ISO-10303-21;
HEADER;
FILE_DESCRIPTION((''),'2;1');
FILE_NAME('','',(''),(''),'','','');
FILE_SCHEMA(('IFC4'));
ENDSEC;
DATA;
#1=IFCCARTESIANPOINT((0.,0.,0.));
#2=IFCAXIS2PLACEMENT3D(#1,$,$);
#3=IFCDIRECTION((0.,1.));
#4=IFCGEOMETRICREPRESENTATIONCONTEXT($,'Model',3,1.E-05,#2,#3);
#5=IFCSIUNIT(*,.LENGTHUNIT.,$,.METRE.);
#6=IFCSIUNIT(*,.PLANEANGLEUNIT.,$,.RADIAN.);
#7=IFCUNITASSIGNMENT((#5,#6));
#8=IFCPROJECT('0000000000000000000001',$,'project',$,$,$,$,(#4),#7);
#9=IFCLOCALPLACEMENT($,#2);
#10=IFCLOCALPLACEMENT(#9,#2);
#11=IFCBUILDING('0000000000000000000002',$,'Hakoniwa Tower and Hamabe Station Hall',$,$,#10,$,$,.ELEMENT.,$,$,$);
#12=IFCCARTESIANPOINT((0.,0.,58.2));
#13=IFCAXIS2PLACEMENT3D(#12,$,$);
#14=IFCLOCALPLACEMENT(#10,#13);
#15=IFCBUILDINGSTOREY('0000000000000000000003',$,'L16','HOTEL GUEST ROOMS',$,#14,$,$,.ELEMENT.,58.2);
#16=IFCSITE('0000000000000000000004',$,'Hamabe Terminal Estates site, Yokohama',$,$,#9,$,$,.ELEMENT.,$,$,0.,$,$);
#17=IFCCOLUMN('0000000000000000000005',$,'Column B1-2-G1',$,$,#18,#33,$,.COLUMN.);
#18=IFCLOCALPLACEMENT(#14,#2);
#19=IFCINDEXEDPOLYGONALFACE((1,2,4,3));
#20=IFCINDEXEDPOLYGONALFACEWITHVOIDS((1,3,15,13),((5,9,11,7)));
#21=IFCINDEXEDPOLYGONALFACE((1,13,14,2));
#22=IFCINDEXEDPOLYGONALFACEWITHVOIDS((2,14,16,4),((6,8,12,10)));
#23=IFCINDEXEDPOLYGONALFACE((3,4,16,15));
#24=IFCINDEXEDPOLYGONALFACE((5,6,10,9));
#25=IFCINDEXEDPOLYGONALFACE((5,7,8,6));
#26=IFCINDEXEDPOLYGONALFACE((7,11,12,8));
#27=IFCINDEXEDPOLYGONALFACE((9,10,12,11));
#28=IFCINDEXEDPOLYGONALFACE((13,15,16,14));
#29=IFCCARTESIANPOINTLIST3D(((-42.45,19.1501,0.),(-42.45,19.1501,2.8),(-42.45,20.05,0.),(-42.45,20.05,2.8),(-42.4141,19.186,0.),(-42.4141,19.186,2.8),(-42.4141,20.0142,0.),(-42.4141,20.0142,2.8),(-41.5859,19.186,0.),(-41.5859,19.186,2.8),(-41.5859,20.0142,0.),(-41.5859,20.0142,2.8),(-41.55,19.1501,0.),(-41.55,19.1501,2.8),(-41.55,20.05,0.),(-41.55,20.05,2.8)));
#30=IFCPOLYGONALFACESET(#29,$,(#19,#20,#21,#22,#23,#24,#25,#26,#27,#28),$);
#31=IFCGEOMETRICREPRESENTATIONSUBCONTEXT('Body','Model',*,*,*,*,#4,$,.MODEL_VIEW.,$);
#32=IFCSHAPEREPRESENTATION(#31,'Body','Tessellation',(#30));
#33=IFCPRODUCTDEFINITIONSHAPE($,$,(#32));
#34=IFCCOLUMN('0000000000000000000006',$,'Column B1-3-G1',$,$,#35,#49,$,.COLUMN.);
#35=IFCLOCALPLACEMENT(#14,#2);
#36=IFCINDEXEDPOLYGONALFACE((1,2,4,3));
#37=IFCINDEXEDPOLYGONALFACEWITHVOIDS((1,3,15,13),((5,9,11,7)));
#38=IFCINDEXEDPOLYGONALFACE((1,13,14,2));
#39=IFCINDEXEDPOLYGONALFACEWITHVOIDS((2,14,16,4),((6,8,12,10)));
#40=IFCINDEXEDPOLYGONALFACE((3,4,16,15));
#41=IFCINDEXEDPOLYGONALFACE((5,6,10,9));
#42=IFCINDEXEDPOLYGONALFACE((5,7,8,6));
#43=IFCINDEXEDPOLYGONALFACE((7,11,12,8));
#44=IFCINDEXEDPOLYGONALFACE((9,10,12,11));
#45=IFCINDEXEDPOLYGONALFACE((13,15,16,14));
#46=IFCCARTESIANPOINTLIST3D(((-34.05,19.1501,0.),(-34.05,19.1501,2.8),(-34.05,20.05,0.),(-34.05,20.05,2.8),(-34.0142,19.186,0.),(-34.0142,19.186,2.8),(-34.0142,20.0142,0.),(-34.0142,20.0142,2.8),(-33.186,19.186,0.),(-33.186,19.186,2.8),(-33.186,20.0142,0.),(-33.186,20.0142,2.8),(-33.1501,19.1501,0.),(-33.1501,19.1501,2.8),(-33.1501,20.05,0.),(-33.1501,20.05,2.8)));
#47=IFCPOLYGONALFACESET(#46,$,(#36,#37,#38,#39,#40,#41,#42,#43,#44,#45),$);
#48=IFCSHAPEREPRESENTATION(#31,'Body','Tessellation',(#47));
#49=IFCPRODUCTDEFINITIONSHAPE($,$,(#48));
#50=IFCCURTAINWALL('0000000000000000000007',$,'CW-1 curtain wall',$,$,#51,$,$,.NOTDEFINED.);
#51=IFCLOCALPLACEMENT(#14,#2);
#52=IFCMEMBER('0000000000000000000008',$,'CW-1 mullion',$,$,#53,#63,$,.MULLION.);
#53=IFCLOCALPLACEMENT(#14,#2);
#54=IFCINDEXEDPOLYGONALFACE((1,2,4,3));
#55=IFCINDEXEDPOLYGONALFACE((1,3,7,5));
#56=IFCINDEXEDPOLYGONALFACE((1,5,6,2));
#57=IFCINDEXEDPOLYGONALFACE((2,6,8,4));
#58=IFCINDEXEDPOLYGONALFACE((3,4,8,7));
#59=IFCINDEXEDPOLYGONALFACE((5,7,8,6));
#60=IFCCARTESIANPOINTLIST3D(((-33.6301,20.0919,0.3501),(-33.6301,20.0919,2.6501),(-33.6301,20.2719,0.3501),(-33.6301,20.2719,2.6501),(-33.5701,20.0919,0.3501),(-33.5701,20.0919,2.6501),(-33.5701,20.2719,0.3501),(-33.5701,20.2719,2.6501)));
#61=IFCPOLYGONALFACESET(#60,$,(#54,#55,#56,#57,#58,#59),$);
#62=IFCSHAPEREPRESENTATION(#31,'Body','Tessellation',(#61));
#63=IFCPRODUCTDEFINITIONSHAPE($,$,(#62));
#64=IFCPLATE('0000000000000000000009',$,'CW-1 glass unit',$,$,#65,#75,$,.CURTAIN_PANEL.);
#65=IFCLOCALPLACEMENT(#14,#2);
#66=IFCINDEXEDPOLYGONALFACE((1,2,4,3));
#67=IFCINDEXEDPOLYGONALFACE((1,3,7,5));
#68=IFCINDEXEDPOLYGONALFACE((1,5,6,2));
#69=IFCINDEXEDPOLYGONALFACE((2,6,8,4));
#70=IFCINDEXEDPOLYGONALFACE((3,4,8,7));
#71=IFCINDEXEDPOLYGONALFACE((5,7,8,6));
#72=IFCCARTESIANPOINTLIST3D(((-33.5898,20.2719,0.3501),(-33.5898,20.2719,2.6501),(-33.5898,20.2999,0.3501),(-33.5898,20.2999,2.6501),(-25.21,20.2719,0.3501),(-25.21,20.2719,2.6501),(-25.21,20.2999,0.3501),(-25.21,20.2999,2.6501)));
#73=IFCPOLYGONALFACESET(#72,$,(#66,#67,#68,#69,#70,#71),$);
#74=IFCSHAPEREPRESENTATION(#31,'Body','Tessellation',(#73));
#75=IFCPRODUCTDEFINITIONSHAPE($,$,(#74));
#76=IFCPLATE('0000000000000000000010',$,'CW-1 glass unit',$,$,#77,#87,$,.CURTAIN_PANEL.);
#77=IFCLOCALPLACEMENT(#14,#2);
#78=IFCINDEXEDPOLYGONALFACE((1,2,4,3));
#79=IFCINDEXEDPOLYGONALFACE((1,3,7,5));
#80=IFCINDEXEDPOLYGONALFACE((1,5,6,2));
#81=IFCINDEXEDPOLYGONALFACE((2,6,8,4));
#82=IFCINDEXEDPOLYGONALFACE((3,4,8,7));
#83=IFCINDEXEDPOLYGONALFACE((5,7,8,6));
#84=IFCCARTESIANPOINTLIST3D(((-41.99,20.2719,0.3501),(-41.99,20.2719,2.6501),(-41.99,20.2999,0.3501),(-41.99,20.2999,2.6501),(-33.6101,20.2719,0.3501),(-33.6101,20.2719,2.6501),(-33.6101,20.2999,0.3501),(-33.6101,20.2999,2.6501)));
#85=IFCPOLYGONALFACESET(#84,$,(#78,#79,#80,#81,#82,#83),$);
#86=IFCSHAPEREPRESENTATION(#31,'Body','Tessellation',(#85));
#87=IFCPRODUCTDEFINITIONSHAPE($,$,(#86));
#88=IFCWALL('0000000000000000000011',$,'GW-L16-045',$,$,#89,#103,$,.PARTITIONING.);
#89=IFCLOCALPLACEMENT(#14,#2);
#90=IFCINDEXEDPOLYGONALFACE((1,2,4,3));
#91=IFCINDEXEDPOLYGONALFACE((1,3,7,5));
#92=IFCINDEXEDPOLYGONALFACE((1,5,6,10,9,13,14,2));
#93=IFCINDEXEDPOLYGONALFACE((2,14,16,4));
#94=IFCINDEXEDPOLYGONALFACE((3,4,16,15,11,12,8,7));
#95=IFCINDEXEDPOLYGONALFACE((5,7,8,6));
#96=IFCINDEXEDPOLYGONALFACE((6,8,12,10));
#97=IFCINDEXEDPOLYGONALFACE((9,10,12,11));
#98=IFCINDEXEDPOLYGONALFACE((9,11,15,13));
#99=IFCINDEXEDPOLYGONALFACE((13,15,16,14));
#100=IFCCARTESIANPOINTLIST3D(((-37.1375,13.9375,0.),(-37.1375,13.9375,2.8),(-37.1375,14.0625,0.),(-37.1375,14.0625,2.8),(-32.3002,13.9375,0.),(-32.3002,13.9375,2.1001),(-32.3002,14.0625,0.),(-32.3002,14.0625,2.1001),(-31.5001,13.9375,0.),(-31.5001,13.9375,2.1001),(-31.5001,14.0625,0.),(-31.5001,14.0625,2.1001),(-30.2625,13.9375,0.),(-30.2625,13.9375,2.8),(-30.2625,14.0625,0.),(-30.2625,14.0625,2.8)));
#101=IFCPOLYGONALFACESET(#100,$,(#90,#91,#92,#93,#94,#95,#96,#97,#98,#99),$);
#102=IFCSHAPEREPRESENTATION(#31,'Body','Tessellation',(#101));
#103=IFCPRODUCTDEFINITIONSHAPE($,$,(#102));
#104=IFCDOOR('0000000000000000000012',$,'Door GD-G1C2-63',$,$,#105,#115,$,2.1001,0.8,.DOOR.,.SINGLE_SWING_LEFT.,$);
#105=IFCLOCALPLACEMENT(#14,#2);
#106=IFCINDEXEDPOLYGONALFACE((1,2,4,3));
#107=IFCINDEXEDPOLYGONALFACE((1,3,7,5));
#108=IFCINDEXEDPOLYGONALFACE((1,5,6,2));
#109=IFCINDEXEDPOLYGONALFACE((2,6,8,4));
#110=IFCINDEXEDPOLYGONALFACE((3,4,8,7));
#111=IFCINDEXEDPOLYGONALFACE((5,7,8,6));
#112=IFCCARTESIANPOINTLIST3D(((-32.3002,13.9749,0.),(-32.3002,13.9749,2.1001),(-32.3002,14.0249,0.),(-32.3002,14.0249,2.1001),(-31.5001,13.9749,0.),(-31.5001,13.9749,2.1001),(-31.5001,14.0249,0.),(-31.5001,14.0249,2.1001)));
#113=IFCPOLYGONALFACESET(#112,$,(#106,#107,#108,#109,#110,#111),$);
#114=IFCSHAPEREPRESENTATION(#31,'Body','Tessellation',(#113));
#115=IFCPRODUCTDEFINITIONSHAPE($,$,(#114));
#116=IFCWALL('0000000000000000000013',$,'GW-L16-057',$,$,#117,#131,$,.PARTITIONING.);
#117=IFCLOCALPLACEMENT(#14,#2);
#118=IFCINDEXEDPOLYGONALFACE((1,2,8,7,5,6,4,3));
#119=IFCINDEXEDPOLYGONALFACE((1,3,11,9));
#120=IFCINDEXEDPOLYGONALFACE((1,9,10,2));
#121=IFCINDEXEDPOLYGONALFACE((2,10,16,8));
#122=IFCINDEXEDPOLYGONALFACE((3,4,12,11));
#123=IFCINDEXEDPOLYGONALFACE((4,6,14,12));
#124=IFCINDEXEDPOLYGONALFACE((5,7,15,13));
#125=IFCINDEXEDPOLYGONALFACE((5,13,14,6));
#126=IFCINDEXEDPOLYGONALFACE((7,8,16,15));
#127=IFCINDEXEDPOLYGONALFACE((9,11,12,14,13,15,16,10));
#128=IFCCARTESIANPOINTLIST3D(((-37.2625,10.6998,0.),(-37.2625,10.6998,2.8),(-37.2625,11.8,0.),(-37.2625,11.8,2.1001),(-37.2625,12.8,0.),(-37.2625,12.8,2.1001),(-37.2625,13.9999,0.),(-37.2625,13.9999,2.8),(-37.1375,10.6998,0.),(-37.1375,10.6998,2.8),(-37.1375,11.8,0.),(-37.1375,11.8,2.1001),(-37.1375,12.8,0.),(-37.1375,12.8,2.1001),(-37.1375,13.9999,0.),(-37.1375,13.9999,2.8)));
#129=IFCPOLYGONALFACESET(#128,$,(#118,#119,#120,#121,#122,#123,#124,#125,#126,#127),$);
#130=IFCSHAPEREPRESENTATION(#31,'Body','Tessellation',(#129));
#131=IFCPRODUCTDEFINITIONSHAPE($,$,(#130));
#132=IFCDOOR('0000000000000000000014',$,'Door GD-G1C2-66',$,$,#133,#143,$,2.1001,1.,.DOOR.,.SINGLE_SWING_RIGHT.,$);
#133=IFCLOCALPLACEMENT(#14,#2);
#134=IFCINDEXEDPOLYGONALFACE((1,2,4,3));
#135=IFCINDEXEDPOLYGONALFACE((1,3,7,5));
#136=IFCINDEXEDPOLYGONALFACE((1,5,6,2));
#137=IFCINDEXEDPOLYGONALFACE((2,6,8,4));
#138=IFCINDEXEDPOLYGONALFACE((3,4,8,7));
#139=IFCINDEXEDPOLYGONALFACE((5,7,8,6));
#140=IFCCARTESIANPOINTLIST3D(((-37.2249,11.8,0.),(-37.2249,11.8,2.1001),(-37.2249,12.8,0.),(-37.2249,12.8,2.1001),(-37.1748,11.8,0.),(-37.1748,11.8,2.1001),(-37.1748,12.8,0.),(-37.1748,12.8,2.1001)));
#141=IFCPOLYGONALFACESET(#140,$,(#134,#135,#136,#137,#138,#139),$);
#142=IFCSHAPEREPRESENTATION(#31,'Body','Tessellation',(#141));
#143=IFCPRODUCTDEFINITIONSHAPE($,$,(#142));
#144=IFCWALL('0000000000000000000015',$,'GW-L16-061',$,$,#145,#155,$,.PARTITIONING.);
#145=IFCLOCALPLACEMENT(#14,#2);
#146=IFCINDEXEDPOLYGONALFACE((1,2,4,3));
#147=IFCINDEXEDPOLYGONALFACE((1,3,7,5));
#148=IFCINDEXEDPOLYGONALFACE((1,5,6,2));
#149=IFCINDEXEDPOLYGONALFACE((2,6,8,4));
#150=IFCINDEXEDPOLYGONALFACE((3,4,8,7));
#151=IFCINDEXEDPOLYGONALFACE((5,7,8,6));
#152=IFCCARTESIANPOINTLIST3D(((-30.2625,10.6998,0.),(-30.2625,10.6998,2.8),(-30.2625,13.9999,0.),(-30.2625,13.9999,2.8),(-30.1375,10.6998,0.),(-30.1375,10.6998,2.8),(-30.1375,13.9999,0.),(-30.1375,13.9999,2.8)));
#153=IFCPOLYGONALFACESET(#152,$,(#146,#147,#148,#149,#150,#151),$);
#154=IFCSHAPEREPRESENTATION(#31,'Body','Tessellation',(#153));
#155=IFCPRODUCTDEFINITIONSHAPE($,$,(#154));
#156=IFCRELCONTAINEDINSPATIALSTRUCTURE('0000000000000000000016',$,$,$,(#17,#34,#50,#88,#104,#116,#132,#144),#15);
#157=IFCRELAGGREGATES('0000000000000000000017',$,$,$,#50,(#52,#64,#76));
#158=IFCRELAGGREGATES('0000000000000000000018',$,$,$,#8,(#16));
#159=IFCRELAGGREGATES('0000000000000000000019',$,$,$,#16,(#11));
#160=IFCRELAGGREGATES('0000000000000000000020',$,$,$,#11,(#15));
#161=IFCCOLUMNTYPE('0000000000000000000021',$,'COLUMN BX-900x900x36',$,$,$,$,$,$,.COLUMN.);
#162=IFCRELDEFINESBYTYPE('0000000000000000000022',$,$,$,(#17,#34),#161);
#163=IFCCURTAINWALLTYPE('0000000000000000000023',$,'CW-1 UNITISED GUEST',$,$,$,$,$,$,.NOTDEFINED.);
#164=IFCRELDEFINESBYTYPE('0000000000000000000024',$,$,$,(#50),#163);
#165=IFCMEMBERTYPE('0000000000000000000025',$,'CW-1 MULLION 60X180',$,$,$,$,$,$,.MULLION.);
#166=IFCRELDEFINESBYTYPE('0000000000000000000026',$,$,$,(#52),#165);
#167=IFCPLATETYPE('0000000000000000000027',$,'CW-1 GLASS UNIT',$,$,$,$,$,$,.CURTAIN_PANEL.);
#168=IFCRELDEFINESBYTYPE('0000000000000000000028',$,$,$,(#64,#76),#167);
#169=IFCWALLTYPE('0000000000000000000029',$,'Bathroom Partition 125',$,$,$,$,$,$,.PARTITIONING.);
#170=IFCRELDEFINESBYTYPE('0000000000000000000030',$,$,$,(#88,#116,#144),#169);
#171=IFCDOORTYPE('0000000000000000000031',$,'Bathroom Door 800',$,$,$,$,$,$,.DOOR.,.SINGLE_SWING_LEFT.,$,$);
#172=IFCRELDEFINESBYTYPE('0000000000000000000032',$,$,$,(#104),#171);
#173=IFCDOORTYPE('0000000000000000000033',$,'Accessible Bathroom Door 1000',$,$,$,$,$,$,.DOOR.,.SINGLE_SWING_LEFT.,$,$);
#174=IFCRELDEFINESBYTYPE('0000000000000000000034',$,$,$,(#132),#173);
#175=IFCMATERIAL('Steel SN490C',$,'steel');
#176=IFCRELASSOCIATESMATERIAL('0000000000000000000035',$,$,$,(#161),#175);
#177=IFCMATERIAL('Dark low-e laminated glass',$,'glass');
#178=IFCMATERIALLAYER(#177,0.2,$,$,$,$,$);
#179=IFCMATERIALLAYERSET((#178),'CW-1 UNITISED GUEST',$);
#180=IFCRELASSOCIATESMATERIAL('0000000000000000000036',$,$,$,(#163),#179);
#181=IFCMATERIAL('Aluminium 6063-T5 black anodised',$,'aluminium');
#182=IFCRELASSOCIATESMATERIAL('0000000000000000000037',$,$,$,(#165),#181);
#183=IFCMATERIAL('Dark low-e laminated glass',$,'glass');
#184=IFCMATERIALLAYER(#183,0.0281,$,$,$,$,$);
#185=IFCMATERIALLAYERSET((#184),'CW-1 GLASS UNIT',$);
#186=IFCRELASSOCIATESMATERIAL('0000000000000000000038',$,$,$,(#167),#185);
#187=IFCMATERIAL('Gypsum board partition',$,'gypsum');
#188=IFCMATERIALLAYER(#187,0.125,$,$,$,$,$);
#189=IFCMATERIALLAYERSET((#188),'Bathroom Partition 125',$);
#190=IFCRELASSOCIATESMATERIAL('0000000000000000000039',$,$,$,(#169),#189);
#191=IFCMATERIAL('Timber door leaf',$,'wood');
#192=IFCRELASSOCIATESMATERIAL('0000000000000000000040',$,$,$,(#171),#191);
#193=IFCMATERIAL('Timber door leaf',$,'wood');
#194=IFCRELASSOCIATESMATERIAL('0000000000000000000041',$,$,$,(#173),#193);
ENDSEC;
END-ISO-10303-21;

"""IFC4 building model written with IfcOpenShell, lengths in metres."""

from ifc_helpers import new_model, si_unit, direction, frame, frame_2d, origin, origin_2d, place, context, subcontext, project, spatial, rectangle, hollow_rectangle, extrude, material, layer, layer_set, material_profile, profile_set, type_object, element, fill, aggregate, save


model = new_model("IFC4")

# Units and contexts
model_context = context("Model", 3, precision=1e-05, world=origin(), true_north=direction((0.0, 1.0)))
body_context = subcontext(model_context, "Body", "Model", "MODEL_VIEW")
ifc_project = project(units=[si_unit("LENGTHUNIT", "METRE"), si_unit("PLANEANGLEUNIT", "RADIAN")], contexts=[model_context])

# Site, building, storey
site_placement = place(None, origin())
site = spatial("IfcSite", under=ifc_project, at=site_placement, Name="Hamabe Terminal Estates site, Yokohama", CompositionType="ELEMENT", RefElevation=0.0)
building_placement = place(site_placement, origin())
building = spatial("IfcBuilding", under=site, at=building_placement, Name="Hakoniwa Tower and Hamabe Station Hall", CompositionType="ELEMENT")
storey_placement = place(building_placement, frame((0.0, 0.0, 58.2)))
storey = spatial("IfcBuildingStorey", under=building, at=storey_placement, Name="L16", Description="HOTEL GUEST ROOMS", CompositionType="ELEMENT", Elevation=58.2)

# Columns
ifc_material_1 = material(Name="Steel SN490C", Category="steel")
ifc_material_profile_1 = material_profile(ifc_material_1, hollow_rectangle(XDim=0.8999, YDim=0.8999, WallThickness=0.0359, at=origin_2d()), Name="BX-900x900x36")
ifc_profile_set_1 = profile_set([ifc_material_profile_1], Name="Steel SN490C")
column_type = type_object("IfcColumnType", Name="COLUMN BX-900x900x36", PredefinedType="COLUMN", material=ifc_profile_set_1)
for number, where, z_axis, x_axis, name in (
    (1, (-42.0, 19.6001, 0.0), (0.0, 0.0, 1.0), (1.0, 0.0, 0.0), "Column B1-2-G1"),
    (2, (-33.6001, 19.6001, 0.0), (0.0, 0.0, 1.0), (1.0, 0.0, 0.0), "Column B1-3-G1"),
):
    element("IfcColumn", number, at=place(storey_placement, frame(where, z_axis=z_axis, x_axis=x_axis)), inside=storey, type_object=column_type, Name=name, PredefinedType="COLUMN", context=body_context, shape_type="SweptSolid", body=[
        extrude(hollow_rectangle(XDim=0.8999, YDim=0.8999, WallThickness=0.0359, at=origin_2d()), origin(), (0.0, 0.0, 1.0), 2.8),
    ])

# Curtain wall, member, plates
ifc_material_2 = material(Name="Dark low-e laminated glass", Category="glass")
ifc_layer_1 = layer(ifc_material_2, 0.2)
ifc_layer_set_1 = layer_set([ifc_layer_1], Name="CW-1 UNITISED GUEST")
curtain_wall_type = type_object("IfcCurtainWallType", Name="CW-1 UNITISED GUEST", PredefinedType="NOTDEFINED", material=ifc_layer_set_1)
curtain_wall_placement = place(storey_placement, origin())
curtain_wall = element("IfcCurtainWall", 3, at=curtain_wall_placement, inside=storey, type_object=curtain_wall_type, Name="CW-1 curtain wall", PredefinedType="NOTDEFINED")
ifc_material_3 = material(Name="Aluminium 6063-T5 black anodised", Category="aluminium")
ifc_material_profile_2 = material_profile(ifc_material_3, rectangle(XDim=0.0601, YDim=0.1799, at=origin_2d()), Name="CW-1 MULLION 60X180")
ifc_profile_set_2 = profile_set([ifc_material_profile_2], Name="Aluminium 6063-T5 black anodised")
member_type = type_object("IfcMemberType", Name="CW-1 MULLION 60X180", PredefinedType="MULLION", material=ifc_profile_set_2)
member_placement = place(storey_placement, frame((-33.6001, 20.1819, 0.3501), z_axis=(0.0, 0.0, 1.0), x_axis=(-1.0, 0.0, 0.0)))
member = element("IfcMember", 4, at=member_placement, type_object=member_type, Name="CW-1 mullion", PredefinedType="MULLION", context=body_context, shape_type="SweptSolid", body=[
    extrude(rectangle(XDim=0.0601, YDim=0.1799, at=origin_2d()), origin(), (0.0, 0.0, 1.0), 2.3),
])
ifc_material_4 = material(Name="Dark low-e laminated glass", Category="glass")
ifc_layer_2 = layer(ifc_material_4, 0.0281)
ifc_layer_set_2 = layer_set([ifc_layer_2], Name="CW-1 GLASS UNIT")
plate_type = type_object("IfcPlateType", Name="CW-1 GLASS UNIT", PredefinedType="CURTAIN_PANEL", material=ifc_layer_set_2)
plate_1_placement = place(storey_placement, frame((-29.3999, 20.2859, 0.3501), z_axis=(0.0, 0.0, 1.0), x_axis=(-1.0, 0.0, 0.0)))
plate_1 = element("IfcPlate", 5, at=plate_1_placement, type_object=plate_type, Name="CW-1 glass unit", PredefinedType="CURTAIN_PANEL", context=body_context, shape_type="SweptSolid", body=[
    extrude(rectangle(XDim=8.3799, YDim=0.0281, at=origin_2d()), origin(), (0.0, 0.0, 1.0), 2.3),
])
plate_2_placement = place(storey_placement, frame((-37.8, 20.2859, 0.3501), z_axis=(0.0, 0.0, 1.0), x_axis=(-1.0, 0.0, 0.0)))
plate_2 = element("IfcPlate", 6, at=plate_2_placement, type_object=plate_type, Name="CW-1 glass unit", PredefinedType="CURTAIN_PANEL", context=body_context, shape_type="SweptSolid", body=[
    extrude(rectangle(XDim=8.3799, YDim=0.0281, at=origin_2d()), origin(), (0.0, 0.0, 1.0), 2.3),
])
aggregate(curtain_wall, [member, plate_1, plate_2])

# Walls, openings, doors
ifc_material_5 = material(Name="Gypsum board partition", Category="gypsum")
ifc_layer_3 = layer(ifc_material_5, 0.125)
ifc_layer_set_3 = layer_set([ifc_layer_3], Name="Bathroom Partition 125")
wall_type_1 = type_object("IfcWallType", Name="Bathroom Partition 125", PredefinedType="PARTITIONING", material=ifc_layer_set_3)
wall_1_placement = place(storey_placement, frame((-37.1375, 14.0, 0.0), z_axis=(0.0, 0.0, 1.0), x_axis=(1.0, 0.0, 0.0)))
wall_1 = element("IfcWall", 7, at=wall_1_placement, inside=storey, type_object=wall_type_1, Name="GW-L16-045", PredefinedType="PARTITIONING", context=body_context, shape_type="SweptSolid", body=[
    extrude(rectangle(XDim=6.875, YDim=0.125, at=frame_2d((3.4375, 0.0))), origin(), (0.0, 0.0, 1.0), 2.8),
])
opening_1_placement = place(wall_1_placement, frame((4.8374, 0.0, 0.0)))
opening_1 = element("IfcOpeningElement", 8, at=opening_1_placement, cuts=wall_1, PredefinedType="OPENING", context=body_context, shape_type="SweptSolid", body=[
    extrude(rectangle(XDim=0.8, YDim=2.1001, at=frame_2d((0.3999, 1.05))), frame((0.0, 0.0725, 0.0), z_axis=(0.0, -1.0, 0.0), x_axis=(1.0, 0.0, 0.0)), (0.0, 0.0, 1.0), 0.145),
])
ifc_material_6 = material(Name="Timber door leaf", Category="wood")
door_type_1 = type_object("IfcDoorType", Name="Bathroom Door 800", OperationType="SINGLE_SWING_LEFT", PredefinedType="DOOR", material=ifc_material_6)
door_1_placement = place(opening_1_placement, origin())
door_1 = element("IfcDoor", 9, at=door_1_placement, inside=storey, type_object=door_type_1, Name="Door GD-G1C2-63", OperationType="SINGLE_SWING_LEFT", OverallHeight=2.1001, OverallWidth=0.8, PredefinedType="DOOR", context=body_context, shape_type="SweptSolid", body=[
    extrude(rectangle(XDim=0.8, YDim=2.1001, at=frame_2d((0.3999, 1.05))), frame((0.0, 0.0249, 0.0), z_axis=(0.0, -1.0, 0.0), x_axis=(1.0, 0.0, 0.0)), (0.0, 0.0, 1.0), 0.05),
])
fill(opening_1, door_1)
wall_2_placement = place(storey_placement, frame((-37.2, 10.7, 0.0), z_axis=(0.0, 0.0, 1.0), x_axis=(0.0, 1.0, 0.0)))
wall_2 = element("IfcWall", 10, at=wall_2_placement, inside=storey, type_object=wall_type_1, Name="GW-L16-057", PredefinedType="PARTITIONING", context=body_context, shape_type="SweptSolid", body=[
    extrude(rectangle(XDim=3.3, YDim=0.125, at=frame_2d((1.6499, 0.0))), origin(), (0.0, 0.0, 1.0), 2.8),
])
opening_2_placement = place(wall_2_placement, frame((1.1001, 0.0, 0.0)))
opening_2 = element("IfcOpeningElement", 11, at=opening_2_placement, cuts=wall_2, PredefinedType="OPENING", context=body_context, shape_type="SweptSolid", body=[
    extrude(rectangle(XDim=1.0, YDim=2.1001, at=frame_2d((0.5, 1.05))), frame((0.0, 0.0725, 0.0), z_axis=(0.0, -1.0, 0.0), x_axis=(1.0, 0.0, 0.0)), (0.0, 0.0, 1.0), 0.145),
])
ifc_material_7 = material(Name="Timber door leaf", Category="wood")
door_type_2 = type_object("IfcDoorType", Name="Accessible Bathroom Door 1000", OperationType="SINGLE_SWING_LEFT", PredefinedType="DOOR", material=ifc_material_7)
door_2_placement = place(opening_2_placement, origin())
door_2 = element("IfcDoor", 12, at=door_2_placement, inside=storey, type_object=door_type_2, Name="Door GD-G1C2-66", OperationType="SINGLE_SWING_RIGHT", OverallHeight=2.1001, OverallWidth=1.0, PredefinedType="DOOR", context=body_context, shape_type="SweptSolid", body=[
    extrude(rectangle(XDim=1.0, YDim=2.1001, at=frame_2d((0.5, 1.05))), frame((0.0, 0.0249, 0.0), z_axis=(0.0, -1.0, 0.0), x_axis=(1.0, 0.0, 0.0)), (0.0, 0.0, 1.0), 0.05),
])
fill(opening_2, door_2)

# Wall
wall_3_placement = place(storey_placement, frame((-30.2, 10.7, 0.0), z_axis=(0.0, 0.0, 1.0), x_axis=(0.0, 1.0, 0.0)))
element("IfcWall", 13, at=wall_3_placement, inside=storey, type_object=wall_type_1, Name="GW-L16-061", PredefinedType="PARTITIONING", context=body_context, shape_type="SweptSolid", body=[
    extrude(rectangle(XDim=3.3, YDim=0.125, at=frame_2d((1.6499, 0.0))), origin(), (0.0, 0.0, 1.0), 2.8),
])

save(model, "model.ifc")
